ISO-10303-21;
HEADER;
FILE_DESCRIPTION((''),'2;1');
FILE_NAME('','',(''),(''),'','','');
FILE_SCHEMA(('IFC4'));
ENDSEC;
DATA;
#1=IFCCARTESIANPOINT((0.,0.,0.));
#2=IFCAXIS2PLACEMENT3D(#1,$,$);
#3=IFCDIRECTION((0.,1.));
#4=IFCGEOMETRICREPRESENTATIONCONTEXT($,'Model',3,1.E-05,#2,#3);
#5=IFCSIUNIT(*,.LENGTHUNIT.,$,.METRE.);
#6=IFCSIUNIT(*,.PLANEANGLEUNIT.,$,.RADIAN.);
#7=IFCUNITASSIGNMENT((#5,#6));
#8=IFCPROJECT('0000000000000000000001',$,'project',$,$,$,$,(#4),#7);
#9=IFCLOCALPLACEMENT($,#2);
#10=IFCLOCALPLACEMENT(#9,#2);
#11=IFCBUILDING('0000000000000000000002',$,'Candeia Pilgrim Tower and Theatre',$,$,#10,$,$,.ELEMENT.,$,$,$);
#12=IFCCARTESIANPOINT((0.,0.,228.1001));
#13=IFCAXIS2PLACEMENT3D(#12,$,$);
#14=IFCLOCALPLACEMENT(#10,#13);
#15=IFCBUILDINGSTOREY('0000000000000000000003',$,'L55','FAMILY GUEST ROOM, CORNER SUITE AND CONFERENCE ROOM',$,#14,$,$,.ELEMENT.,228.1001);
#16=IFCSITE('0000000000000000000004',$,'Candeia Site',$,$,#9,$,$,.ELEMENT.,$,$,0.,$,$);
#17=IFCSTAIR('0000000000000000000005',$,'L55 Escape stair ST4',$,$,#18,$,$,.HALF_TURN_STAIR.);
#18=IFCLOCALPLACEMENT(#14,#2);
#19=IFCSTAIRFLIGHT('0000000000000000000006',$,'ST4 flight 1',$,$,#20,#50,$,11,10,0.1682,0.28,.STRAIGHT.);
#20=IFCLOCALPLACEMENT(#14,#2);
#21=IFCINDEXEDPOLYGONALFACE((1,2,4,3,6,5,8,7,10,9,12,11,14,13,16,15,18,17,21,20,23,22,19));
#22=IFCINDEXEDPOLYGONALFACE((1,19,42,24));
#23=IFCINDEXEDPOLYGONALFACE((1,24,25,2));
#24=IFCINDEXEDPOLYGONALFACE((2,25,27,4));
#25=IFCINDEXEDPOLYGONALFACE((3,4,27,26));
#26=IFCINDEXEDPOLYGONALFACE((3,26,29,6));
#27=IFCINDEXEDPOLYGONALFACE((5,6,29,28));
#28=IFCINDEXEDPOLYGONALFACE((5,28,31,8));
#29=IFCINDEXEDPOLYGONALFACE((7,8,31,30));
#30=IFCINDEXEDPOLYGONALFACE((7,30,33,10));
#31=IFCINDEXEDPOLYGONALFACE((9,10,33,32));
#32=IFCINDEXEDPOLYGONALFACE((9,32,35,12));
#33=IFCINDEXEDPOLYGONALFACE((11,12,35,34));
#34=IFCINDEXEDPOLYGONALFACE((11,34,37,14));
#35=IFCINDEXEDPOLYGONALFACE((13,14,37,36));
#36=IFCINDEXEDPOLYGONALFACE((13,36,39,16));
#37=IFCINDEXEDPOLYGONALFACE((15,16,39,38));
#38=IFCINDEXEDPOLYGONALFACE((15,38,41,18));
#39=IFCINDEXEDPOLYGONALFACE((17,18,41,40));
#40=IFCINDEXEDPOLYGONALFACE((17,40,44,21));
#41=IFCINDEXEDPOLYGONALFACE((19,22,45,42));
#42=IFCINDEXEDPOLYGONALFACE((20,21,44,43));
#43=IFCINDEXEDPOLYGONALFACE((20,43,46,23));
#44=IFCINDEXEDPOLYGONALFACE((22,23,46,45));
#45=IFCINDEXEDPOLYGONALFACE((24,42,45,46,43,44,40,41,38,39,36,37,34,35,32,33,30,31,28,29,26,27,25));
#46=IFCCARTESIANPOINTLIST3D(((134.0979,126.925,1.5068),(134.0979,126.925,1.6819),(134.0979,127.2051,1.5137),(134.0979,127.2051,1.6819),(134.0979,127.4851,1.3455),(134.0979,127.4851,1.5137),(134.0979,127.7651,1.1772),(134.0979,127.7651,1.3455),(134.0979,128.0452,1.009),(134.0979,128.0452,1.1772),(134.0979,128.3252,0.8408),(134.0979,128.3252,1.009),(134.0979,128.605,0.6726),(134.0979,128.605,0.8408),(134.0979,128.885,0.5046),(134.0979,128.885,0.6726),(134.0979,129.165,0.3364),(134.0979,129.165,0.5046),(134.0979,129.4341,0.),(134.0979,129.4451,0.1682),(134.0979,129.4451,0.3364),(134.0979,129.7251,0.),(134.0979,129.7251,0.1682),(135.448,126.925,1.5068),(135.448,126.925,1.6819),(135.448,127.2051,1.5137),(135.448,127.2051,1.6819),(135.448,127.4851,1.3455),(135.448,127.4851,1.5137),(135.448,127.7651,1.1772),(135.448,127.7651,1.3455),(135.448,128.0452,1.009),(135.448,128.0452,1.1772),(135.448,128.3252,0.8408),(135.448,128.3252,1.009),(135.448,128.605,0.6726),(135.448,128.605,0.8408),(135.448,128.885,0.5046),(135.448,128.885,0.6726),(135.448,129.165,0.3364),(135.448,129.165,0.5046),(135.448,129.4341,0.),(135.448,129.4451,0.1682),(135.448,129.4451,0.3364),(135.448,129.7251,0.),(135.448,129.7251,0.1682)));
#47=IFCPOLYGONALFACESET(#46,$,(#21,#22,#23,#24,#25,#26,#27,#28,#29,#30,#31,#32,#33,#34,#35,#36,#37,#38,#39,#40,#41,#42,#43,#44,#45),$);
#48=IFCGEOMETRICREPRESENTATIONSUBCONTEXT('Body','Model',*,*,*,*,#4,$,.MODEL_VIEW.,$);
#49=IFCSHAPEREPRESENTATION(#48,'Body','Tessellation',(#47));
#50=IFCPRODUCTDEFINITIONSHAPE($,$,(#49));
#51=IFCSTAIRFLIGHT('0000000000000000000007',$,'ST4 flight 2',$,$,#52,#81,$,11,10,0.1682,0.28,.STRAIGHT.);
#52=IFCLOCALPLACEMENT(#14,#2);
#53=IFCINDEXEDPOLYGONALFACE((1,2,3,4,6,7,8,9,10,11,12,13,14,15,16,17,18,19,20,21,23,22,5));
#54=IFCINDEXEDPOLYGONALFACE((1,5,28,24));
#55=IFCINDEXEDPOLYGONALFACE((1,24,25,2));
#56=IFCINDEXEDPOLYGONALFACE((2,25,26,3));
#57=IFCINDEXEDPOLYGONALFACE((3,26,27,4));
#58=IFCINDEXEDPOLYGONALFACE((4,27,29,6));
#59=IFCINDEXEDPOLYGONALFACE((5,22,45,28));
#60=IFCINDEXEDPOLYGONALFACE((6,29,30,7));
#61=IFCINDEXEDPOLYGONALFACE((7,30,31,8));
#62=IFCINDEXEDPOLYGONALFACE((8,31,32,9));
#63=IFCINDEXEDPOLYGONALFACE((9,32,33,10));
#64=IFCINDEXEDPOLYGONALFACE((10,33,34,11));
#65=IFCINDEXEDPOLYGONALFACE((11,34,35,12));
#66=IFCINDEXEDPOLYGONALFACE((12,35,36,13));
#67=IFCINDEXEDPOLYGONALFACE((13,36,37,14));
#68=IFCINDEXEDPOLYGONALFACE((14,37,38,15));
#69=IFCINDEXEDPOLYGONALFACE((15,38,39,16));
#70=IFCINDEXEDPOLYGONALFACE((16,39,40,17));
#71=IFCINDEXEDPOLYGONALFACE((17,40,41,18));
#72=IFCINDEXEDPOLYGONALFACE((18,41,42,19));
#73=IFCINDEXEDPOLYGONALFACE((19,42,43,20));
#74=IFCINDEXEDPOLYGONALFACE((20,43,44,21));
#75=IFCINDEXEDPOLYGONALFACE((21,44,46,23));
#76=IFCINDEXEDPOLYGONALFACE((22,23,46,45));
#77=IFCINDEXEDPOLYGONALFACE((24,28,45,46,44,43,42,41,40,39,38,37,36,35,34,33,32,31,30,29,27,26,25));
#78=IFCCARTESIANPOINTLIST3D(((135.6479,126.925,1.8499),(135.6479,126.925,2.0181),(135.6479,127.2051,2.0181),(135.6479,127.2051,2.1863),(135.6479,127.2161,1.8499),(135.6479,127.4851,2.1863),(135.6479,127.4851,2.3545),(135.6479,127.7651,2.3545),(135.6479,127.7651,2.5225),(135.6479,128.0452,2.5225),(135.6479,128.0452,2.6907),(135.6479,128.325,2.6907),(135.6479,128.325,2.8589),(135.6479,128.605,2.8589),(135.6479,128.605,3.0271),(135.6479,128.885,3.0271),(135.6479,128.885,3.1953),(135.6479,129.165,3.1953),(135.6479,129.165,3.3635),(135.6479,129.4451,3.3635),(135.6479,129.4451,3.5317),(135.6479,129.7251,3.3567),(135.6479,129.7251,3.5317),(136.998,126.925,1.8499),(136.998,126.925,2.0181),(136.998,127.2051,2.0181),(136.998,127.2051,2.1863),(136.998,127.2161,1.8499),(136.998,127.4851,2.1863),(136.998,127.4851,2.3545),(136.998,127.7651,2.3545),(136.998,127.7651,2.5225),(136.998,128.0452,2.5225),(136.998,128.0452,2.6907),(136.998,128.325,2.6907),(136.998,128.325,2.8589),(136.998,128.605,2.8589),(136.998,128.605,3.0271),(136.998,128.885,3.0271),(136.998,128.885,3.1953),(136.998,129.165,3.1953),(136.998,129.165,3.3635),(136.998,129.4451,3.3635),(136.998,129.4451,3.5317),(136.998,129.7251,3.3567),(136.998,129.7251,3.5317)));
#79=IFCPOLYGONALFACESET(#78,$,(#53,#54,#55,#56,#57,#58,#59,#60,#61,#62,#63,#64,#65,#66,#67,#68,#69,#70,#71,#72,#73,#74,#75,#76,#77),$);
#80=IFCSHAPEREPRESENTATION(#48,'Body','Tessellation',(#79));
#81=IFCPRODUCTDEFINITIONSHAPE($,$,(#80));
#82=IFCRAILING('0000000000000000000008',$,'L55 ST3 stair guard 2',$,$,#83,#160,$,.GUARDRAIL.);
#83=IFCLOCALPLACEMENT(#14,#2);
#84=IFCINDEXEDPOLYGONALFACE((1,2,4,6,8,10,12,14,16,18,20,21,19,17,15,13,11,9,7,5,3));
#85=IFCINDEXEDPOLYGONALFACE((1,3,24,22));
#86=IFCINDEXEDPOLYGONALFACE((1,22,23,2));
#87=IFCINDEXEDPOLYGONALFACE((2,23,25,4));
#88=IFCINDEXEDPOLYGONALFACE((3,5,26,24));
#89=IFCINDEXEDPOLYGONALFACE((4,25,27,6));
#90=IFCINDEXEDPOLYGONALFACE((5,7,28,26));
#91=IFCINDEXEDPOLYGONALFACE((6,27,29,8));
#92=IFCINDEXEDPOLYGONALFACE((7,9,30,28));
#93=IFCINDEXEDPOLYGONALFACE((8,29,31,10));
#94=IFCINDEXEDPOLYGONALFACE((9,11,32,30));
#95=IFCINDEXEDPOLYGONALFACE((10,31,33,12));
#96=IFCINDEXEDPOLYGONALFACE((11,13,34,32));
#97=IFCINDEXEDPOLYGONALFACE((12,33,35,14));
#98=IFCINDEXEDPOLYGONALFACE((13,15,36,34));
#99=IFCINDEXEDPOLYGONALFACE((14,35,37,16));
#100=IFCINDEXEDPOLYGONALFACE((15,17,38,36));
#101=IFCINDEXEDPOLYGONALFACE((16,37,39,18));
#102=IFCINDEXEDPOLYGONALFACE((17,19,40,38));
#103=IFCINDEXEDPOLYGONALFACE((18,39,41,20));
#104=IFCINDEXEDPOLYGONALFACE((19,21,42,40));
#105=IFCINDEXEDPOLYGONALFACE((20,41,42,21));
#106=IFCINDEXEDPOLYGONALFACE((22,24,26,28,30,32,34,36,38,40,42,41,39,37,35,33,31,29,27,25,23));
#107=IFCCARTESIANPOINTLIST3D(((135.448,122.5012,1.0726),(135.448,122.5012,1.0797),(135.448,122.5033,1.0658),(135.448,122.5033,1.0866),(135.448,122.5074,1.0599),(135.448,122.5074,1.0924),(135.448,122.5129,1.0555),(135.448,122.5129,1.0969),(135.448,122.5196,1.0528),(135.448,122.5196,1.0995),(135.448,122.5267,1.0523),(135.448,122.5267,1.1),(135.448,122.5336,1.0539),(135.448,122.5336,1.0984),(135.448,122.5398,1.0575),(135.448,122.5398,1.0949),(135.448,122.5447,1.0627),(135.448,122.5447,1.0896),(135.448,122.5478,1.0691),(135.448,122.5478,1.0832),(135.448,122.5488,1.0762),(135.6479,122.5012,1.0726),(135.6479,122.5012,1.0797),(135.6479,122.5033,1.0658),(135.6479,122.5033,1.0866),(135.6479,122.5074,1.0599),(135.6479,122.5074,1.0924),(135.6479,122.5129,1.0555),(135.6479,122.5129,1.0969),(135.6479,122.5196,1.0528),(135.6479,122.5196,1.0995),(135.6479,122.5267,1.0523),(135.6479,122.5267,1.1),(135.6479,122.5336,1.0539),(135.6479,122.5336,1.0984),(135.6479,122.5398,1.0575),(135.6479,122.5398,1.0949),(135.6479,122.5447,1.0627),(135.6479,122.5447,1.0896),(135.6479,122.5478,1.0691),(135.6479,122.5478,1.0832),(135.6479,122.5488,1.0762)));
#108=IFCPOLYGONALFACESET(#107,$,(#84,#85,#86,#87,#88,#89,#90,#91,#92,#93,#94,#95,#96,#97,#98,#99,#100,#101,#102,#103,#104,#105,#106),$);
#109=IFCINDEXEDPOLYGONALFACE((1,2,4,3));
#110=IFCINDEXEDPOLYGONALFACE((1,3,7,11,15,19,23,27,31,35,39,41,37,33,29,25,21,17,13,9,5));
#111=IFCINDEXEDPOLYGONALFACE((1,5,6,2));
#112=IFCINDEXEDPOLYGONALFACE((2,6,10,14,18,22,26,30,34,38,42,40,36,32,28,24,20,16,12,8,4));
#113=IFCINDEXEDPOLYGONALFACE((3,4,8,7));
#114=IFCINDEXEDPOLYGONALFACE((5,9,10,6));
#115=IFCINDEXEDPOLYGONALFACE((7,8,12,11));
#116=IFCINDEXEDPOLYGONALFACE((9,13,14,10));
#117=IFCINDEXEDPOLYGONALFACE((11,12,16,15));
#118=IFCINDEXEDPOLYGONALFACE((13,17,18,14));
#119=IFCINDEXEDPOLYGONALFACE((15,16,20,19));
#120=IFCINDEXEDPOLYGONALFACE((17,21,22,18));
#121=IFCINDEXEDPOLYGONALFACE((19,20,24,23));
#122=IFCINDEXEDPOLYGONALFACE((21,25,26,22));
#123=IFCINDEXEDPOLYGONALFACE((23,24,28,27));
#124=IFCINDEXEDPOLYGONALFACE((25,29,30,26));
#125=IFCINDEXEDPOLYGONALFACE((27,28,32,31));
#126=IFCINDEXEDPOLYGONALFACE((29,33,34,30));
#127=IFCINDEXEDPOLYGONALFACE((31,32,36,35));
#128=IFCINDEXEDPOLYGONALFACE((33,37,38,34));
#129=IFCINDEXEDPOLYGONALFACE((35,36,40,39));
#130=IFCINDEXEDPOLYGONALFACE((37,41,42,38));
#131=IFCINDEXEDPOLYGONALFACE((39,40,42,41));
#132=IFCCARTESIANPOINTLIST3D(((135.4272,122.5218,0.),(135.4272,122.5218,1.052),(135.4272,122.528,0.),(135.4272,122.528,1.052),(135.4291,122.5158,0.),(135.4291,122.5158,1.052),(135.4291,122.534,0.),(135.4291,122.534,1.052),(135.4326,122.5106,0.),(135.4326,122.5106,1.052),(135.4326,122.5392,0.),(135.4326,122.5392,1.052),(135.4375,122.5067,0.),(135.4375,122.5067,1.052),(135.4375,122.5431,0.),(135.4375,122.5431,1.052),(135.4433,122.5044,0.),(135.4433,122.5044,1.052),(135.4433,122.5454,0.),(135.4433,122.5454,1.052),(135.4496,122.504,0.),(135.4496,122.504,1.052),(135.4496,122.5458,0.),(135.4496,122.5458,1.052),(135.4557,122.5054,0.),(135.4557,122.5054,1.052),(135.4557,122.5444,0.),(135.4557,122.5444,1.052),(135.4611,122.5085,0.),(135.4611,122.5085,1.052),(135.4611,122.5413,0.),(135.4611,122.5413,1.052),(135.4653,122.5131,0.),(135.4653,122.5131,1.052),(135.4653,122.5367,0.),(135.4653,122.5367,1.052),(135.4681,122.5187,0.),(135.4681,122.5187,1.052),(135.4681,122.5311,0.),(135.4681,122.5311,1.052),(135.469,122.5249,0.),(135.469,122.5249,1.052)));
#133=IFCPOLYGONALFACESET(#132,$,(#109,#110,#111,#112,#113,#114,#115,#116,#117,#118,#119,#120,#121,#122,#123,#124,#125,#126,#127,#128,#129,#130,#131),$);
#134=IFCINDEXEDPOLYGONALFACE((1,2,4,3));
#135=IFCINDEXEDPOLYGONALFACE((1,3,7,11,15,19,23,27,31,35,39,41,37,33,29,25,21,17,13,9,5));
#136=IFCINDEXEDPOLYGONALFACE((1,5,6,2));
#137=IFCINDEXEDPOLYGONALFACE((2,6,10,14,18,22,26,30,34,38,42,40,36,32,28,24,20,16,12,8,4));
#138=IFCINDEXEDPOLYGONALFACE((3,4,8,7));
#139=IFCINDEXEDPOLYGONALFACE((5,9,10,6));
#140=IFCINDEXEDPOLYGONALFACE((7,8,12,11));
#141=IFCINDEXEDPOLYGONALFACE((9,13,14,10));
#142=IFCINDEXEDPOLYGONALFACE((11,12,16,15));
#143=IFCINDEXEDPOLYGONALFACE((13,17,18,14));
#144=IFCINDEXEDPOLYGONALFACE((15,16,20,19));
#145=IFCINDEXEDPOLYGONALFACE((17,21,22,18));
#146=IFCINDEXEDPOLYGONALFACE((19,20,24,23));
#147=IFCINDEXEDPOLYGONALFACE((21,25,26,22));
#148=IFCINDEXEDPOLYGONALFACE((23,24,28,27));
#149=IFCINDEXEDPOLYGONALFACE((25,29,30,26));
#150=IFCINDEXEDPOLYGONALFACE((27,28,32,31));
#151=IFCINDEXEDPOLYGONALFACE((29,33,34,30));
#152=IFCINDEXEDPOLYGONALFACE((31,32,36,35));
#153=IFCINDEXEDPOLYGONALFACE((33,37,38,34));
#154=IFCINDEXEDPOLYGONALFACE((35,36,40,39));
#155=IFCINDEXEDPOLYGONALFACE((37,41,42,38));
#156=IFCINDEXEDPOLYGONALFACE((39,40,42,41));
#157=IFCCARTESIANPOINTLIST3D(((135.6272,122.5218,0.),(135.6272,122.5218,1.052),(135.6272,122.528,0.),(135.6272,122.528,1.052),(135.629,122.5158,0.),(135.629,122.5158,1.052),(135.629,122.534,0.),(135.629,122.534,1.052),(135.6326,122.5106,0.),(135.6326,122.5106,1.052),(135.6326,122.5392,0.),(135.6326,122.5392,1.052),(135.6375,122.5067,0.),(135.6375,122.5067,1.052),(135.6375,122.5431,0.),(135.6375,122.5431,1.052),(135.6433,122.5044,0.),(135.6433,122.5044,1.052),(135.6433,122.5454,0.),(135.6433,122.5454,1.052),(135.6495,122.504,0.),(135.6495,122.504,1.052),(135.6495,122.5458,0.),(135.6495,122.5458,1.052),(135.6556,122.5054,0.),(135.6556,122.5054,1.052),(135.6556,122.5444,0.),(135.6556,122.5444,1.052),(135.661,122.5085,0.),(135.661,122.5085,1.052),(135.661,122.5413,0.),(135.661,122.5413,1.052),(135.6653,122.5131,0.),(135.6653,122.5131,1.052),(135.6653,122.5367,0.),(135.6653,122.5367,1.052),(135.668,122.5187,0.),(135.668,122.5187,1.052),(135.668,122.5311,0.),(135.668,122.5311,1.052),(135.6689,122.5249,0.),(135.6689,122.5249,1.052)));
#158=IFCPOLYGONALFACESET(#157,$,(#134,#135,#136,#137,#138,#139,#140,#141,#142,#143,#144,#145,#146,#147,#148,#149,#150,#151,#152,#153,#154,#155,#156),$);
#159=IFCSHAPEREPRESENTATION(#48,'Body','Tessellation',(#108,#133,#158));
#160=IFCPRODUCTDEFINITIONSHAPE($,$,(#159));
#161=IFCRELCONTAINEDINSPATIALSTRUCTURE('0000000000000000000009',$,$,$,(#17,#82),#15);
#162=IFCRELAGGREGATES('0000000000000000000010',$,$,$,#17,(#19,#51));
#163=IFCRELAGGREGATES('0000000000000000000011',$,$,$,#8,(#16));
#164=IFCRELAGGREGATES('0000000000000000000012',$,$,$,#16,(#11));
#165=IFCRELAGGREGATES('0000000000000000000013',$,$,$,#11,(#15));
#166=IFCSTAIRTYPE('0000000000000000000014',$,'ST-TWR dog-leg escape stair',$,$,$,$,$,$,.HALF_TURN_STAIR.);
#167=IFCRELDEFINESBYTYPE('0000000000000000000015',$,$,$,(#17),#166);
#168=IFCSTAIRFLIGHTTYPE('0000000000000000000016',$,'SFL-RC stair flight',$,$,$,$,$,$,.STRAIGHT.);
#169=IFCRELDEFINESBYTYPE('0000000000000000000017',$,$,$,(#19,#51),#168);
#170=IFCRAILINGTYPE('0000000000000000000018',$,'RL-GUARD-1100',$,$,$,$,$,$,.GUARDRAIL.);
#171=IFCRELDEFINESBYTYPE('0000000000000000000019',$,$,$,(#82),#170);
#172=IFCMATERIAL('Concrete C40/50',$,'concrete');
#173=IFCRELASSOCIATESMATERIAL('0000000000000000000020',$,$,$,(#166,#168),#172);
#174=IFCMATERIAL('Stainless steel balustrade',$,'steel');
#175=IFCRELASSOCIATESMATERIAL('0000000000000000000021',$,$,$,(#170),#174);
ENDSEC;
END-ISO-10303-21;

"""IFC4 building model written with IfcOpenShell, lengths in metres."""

from ifc_helpers import new_model, si_unit, direction, frame, origin, origin_2d, place, context, subcontext, project, spatial, polyline, circle, outline, extrude, material, type_object, element, aggregate, save


model = new_model("IFC4")

# Units and contexts
model_context = context("Model", 3, precision=1e-05, world=origin(), true_north=direction((0.0, 1.0)))
body_context = subcontext(model_context, "Body", "Model", "MODEL_VIEW")
ifc_project = project(units=[si_unit("LENGTHUNIT", "METRE"), si_unit("PLANEANGLEUNIT", "RADIAN")], contexts=[model_context])

# Site, building, storey
site_placement = place(None, origin())
site = spatial("IfcSite", under=ifc_project, at=site_placement, Name="Candeia Site", CompositionType="ELEMENT", RefElevation=0.0)
building_placement = place(site_placement, origin())
building = spatial("IfcBuilding", under=site, at=building_placement, Name="Candeia Pilgrim Tower and Theatre", CompositionType="ELEMENT")
storey_placement = place(building_placement, frame((0.0, 0.0, 228.1001)))
storey = spatial("IfcBuildingStorey", under=building, at=storey_placement, Name="L55", Description="FAMILY GUEST ROOM, CORNER SUITE AND CONFERENCE ROOM", CompositionType="ELEMENT", Elevation=228.1001)

# Shared definitions
ifc_material_1 = material(Name="Concrete C40/50", Category="concrete")

# Stair, stair flights
stair_type = type_object("IfcStairType", Name="ST-TWR dog-leg escape stair", PredefinedType="HALF_TURN_STAIR", material=ifc_material_1)
stair_flight_type = type_object("IfcStairFlightType", Name="SFL-RC stair flight", PredefinedType="STRAIGHT", material=ifc_material_1)
stair_1_placement = place(storey_placement, origin())
stair_1 = element("IfcStair", 1, at=stair_1_placement, inside=storey, type_object=stair_type, Name="L55 Escape stair ST4", PredefinedType="HALF_TURN_STAIR")
stair_flight_1_placement = place(storey_placement, frame((134.7729, 129.7251, 0.0), z_axis=(0.0, 0.0, 1.0), x_axis=(0.0, -1.0, 0.0)))
stair_flight_1 = element("IfcStairFlight", 2, at=stair_flight_1_placement, type_object=stair_flight_type, Name="ST4 flight 1", NumberOfRisers=11, NumberOfTreads=10, PredefinedType="STRAIGHT", RiserHeight=0.1682, TreadLength=0.28, context=body_context, shape_type="SweptSolid", body=[
    extrude(outline(polyline([(0.0, 0.0), (0.0, 0.1682), (0.28, 0.1682), (0.28, 0.3364), (0.5601, 0.3364), (0.5601, 0.5046), (0.8401, 0.5046), (0.8401, 0.6726), (1.1201, 0.6726), (1.1201, 0.8408), (1.3999, 0.8408), (1.3999, 1.009), (1.6799, 1.009), (1.6799, 1.1772), (1.96, 1.1772), (1.96, 1.3455), (2.24, 1.3455), (2.24, 1.5137), (2.52, 1.5137), (2.52, 1.6819), (2.8, 1.6819), (2.8, 1.8501), (2.8, 1.5068), (0.291, 0.0), (0.0, 0.0)])), frame((0.0, 0.675, 0.0), z_axis=(0.0, -1.0, 0.0), x_axis=(1.0, 0.0, 0.0)), (0.0, 0.0, 1.0), 1.3501),
])
stair_flight_2_placement = place(storey_placement, frame((136.323, 126.925, 1.8499), z_axis=(0.0, 0.0, 1.0), x_axis=(0.0, 1.0, 0.0)))
stair_flight_2 = element("IfcStairFlight", 3, at=stair_flight_2_placement, type_object=stair_flight_type, Name="ST4 flight 2", NumberOfRisers=11, NumberOfTreads=10, PredefinedType="STRAIGHT", RiserHeight=0.1682, TreadLength=0.28, context=body_context, shape_type="SweptSolid", body=[
    extrude(outline(polyline([(0.0, 0.0), (0.0, 0.1682), (0.28, 0.1682), (0.28, 0.3364), (0.5601, 0.3364), (0.5601, 0.5046), (0.8401, 0.5046), (0.8401, 0.6726), (1.1201, 0.6726), (1.1201, 0.8408), (1.3999, 0.8408), (1.3999, 1.009), (1.6799, 1.009), (1.6799, 1.1772), (1.96, 1.1772), (1.96, 1.3455), (2.24, 1.3455), (2.24, 1.5137), (2.52, 1.5137), (2.52, 1.6819), (2.8, 1.6819), (2.8, 1.8501), (2.8, 1.5068), (0.291, 0.0), (0.0, 0.0)])), frame((0.0, 0.675, 0.0), z_axis=(0.0, -1.0, 0.0), x_axis=(1.0, 0.0, 0.0)), (0.0, 0.0, 1.0), 1.3501),
])
aggregate(stair_1, [stair_flight_1, stair_flight_2])

# Railing
ifc_material_2 = material(Name="Stainless steel balustrade", Category="steel")
railing_type_1 = type_object("IfcRailingType", Name="RL-GUARD-1100", PredefinedType="GUARDRAIL", material=ifc_material_2)
railing_1_placement = place(storey_placement, frame((135.448, 122.5249, 0.0)))
element("IfcRailing", 4, at=railing_1_placement, inside=storey, type_object=railing_type_1, Name="L55 ST3 stair guard 2", PredefinedType="GUARDRAIL", context=body_context, shape_type="SweptSolid", body=[
    extrude(circle(Radius=0.0239, at=origin_2d()), frame((0.0, 0.0, 1.0762), z_axis=(1.0, 0.0, 0.0), x_axis=(0.0, 1.0, 0.0)), (0.0, 0.0, 1.0), 0.2),
    extrude(circle(Radius=0.021, at=origin_2d()), origin(), (0.0, 0.0, 1.0), 1.052),
    extrude(circle(Radius=0.021, at=origin_2d()), frame((0.2, 0.0, 0.0)), (0.0, 0.0, 1.0), 1.052),
])

save(model, "model.ifc")
